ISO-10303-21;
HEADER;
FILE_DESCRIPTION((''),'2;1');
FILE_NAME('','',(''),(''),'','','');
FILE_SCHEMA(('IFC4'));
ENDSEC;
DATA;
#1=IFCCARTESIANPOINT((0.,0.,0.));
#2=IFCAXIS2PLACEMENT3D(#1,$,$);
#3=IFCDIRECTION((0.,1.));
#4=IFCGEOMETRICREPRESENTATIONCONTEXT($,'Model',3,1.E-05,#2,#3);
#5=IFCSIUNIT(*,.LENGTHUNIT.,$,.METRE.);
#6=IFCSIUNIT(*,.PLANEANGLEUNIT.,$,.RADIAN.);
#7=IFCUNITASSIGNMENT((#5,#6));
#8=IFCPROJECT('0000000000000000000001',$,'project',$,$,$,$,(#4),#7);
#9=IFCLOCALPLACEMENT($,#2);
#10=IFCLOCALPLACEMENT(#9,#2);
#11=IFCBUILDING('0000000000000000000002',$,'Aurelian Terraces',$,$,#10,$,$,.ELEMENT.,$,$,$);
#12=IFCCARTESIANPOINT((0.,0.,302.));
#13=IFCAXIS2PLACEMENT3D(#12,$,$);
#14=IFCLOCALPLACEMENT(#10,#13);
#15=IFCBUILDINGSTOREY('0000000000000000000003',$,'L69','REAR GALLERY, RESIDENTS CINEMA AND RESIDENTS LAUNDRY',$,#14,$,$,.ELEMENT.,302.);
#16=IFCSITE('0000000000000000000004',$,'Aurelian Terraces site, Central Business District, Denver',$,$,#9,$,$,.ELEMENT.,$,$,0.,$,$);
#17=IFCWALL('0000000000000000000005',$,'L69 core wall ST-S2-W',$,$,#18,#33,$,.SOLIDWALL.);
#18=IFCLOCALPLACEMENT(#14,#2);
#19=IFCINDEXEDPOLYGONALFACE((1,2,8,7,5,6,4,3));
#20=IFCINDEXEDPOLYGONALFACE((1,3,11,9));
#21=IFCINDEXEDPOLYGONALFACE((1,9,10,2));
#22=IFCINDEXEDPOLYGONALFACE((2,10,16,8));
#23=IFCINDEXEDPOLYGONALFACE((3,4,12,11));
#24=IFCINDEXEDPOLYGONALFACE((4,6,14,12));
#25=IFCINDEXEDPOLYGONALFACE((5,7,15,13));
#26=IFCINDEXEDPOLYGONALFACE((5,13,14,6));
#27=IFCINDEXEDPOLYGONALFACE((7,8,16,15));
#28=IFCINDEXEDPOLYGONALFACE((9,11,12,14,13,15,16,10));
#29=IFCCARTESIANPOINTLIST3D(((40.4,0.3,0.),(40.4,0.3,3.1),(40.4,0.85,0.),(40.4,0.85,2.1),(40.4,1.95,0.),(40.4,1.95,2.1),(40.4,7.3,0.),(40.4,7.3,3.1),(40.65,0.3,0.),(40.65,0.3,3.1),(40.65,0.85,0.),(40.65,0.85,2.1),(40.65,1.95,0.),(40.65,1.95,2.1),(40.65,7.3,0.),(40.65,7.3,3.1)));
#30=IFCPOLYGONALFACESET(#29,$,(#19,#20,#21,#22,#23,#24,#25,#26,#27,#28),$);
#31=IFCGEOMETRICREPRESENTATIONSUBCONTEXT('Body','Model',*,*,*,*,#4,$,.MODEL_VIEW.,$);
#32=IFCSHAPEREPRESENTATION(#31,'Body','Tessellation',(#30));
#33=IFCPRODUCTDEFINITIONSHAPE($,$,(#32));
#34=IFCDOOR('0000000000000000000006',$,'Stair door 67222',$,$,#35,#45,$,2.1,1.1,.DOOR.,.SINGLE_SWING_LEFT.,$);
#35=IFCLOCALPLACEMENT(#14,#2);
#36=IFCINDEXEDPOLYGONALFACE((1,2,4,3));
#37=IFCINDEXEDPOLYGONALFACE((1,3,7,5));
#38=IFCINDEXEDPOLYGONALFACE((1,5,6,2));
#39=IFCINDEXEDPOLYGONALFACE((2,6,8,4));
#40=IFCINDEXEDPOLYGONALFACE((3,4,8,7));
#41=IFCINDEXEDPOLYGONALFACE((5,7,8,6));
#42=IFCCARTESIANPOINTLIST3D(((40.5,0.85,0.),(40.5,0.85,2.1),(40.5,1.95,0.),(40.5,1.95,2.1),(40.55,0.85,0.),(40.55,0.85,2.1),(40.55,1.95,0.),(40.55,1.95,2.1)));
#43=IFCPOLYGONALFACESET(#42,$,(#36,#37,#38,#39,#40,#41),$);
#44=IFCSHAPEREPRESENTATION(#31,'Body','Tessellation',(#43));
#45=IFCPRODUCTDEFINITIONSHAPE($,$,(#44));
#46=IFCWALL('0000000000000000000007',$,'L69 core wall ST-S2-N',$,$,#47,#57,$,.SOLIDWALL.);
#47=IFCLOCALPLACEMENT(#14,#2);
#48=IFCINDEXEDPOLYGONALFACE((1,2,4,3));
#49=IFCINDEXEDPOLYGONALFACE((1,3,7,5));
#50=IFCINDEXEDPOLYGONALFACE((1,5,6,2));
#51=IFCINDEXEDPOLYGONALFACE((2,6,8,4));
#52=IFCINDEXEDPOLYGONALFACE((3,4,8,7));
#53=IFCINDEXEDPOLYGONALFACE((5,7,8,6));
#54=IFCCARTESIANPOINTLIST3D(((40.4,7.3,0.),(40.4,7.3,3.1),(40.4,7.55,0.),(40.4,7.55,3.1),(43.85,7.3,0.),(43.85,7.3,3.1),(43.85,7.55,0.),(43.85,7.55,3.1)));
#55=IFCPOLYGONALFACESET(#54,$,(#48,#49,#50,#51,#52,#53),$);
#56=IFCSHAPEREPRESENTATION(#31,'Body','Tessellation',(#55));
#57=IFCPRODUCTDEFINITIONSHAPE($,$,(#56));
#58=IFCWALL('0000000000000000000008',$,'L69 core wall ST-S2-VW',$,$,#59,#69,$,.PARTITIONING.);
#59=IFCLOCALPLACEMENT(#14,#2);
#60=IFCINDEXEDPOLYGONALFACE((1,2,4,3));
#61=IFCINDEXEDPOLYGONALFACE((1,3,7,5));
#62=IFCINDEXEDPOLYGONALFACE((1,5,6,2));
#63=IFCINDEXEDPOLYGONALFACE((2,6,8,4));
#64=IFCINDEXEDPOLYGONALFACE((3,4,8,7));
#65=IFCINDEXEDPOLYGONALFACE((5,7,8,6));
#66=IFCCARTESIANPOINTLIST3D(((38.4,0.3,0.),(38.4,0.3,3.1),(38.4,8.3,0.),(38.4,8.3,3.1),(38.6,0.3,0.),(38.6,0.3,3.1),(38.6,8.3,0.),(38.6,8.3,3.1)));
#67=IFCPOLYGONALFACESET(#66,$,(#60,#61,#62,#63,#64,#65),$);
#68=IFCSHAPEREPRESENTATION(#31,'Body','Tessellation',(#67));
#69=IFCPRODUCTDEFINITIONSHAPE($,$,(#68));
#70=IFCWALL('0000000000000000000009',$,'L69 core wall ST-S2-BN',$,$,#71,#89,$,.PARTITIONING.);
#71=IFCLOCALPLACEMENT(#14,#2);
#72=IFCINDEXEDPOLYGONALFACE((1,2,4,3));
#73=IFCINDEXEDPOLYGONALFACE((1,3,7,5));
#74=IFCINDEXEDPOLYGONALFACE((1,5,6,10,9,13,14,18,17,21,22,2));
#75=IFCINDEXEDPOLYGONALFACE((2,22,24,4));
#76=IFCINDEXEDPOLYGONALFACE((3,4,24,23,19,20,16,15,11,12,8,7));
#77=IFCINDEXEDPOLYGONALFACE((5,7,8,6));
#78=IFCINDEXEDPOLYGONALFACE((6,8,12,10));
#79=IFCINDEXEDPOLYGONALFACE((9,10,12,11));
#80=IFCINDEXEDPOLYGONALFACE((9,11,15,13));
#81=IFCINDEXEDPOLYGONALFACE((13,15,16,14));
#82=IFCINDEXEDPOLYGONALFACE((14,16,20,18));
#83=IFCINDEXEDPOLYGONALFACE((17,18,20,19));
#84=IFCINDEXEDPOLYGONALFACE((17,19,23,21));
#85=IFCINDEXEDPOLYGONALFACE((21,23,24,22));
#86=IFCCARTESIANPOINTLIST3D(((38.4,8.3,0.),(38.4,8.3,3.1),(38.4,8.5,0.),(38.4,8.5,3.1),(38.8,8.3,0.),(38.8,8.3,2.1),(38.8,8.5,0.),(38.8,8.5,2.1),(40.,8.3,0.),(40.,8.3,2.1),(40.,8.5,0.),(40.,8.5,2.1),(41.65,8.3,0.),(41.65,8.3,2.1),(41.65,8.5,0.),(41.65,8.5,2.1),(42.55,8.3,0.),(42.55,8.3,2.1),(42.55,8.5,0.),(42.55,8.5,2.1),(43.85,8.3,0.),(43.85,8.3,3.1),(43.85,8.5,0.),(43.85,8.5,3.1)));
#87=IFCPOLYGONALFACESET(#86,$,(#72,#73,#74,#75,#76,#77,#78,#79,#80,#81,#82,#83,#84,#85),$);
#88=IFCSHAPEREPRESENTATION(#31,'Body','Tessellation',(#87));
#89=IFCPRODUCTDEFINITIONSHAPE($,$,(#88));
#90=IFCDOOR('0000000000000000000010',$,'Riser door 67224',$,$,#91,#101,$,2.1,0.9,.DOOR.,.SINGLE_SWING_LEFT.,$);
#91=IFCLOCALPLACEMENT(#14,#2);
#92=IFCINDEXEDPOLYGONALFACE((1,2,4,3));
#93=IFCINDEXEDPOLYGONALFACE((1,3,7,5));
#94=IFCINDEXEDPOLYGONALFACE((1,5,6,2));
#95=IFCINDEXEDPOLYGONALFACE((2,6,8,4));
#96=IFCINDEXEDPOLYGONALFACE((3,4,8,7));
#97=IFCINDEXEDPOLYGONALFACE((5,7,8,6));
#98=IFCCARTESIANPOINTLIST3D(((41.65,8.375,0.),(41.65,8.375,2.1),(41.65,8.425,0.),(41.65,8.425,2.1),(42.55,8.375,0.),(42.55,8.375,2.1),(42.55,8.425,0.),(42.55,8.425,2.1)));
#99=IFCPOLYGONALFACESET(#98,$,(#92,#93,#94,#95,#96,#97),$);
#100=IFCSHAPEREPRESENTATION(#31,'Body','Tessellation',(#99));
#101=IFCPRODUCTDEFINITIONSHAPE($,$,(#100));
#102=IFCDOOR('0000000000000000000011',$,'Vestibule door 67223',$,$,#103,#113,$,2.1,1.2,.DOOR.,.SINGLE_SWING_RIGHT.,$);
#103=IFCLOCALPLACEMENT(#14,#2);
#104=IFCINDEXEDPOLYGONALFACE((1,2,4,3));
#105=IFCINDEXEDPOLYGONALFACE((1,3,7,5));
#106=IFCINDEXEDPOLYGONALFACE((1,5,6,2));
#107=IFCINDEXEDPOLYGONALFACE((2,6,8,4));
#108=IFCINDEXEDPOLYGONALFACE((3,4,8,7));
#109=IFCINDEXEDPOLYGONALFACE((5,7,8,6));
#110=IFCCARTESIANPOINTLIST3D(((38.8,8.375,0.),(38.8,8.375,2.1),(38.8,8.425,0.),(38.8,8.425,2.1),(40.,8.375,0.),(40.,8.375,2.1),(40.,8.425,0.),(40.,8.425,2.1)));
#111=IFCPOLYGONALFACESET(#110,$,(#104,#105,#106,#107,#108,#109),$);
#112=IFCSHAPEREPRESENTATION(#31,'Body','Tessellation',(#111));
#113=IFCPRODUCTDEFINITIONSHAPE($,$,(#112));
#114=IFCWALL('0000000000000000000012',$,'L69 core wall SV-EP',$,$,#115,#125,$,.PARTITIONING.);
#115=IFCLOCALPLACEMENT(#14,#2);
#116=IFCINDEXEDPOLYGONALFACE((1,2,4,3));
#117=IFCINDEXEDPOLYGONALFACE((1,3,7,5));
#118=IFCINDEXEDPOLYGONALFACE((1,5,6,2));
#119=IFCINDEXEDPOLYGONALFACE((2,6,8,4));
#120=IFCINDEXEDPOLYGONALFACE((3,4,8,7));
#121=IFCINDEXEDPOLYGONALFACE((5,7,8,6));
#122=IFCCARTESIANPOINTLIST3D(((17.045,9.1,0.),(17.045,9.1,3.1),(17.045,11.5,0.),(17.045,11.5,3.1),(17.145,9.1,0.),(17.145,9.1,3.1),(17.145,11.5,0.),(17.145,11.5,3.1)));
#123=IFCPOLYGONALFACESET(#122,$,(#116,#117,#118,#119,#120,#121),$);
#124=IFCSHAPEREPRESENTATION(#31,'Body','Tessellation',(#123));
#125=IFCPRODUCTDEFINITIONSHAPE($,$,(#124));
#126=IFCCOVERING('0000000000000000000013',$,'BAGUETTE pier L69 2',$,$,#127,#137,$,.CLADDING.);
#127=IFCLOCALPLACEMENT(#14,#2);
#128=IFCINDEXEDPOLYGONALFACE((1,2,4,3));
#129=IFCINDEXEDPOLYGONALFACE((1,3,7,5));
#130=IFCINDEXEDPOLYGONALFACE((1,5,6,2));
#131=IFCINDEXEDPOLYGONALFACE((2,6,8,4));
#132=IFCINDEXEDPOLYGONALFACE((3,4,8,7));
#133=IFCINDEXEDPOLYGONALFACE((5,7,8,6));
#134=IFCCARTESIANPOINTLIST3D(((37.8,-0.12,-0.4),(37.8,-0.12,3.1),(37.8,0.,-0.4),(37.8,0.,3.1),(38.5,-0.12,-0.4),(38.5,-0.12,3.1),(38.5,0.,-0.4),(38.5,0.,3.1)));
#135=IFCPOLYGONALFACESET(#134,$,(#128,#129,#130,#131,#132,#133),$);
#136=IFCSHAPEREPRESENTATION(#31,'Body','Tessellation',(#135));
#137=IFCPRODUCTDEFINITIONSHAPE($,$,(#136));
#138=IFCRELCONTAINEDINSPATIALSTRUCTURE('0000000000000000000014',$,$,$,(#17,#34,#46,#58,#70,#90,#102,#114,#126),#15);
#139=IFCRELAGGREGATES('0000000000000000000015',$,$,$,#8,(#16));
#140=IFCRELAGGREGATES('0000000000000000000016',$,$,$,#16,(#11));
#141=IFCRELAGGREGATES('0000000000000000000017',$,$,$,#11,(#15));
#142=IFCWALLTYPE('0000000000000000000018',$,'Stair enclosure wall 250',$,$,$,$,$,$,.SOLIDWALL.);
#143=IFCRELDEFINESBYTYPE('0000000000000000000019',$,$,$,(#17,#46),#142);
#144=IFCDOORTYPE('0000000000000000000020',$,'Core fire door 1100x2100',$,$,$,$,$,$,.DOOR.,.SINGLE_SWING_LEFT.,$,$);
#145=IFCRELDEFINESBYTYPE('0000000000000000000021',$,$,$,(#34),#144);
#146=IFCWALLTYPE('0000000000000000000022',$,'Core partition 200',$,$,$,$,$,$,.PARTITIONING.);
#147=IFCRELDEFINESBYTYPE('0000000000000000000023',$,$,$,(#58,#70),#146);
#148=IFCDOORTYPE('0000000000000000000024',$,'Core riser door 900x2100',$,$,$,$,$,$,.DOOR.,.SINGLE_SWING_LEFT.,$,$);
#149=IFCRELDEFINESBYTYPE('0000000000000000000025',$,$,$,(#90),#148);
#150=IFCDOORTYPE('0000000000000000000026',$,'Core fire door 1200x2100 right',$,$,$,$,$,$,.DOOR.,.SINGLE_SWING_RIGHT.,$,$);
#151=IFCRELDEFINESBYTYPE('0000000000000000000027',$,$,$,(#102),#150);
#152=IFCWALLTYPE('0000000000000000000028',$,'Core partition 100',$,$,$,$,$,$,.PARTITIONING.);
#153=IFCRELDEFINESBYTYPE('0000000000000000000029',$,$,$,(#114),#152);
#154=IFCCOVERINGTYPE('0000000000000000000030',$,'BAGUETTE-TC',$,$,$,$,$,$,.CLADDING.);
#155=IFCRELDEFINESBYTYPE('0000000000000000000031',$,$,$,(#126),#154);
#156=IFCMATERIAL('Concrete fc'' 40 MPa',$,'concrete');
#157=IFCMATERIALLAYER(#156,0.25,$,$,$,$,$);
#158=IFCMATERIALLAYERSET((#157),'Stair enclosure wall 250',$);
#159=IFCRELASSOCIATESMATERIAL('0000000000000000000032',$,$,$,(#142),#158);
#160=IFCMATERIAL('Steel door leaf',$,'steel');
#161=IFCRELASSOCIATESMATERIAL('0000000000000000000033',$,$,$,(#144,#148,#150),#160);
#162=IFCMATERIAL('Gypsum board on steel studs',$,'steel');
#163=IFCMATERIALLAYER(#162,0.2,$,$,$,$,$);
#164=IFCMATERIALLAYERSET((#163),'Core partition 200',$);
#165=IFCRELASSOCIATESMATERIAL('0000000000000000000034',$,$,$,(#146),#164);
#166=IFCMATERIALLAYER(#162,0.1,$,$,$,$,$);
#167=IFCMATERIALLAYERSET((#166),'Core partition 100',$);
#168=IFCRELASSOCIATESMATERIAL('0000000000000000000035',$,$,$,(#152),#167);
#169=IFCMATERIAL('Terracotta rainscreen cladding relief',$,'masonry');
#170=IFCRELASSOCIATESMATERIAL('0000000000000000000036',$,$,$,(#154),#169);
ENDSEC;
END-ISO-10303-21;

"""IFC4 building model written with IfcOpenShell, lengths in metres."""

from ifc_helpers import new_model, si_unit, direction, frame, frame_2d, origin, origin_2d, place, context, subcontext, project, spatial, rectangle, extrude, source, transform, mapped, material, layer, layer_set, type_object, element, fill, save


model = new_model("IFC4")

# Units and contexts
model_context = context("Model", 3, precision=1e-05, world=origin(), true_north=direction((0.0, 1.0)))
body_context = subcontext(model_context, "Body", "Model", "MODEL_VIEW")
ifc_project = project(units=[si_unit("LENGTHUNIT", "METRE"), si_unit("PLANEANGLEUNIT", "RADIAN")], contexts=[model_context])

# Site, building, storey
site_placement = place(None, origin())
site = spatial("IfcSite", under=ifc_project, at=site_placement, Name="Aurelian Terraces site, Central Business District, Denver", CompositionType="ELEMENT", RefElevation=0.0)
building_placement = place(site_placement, origin())
building = spatial("IfcBuilding", under=site, at=building_placement, Name="Aurelian Terraces", CompositionType="ELEMENT")
storey_placement = place(building_placement, frame((0.0, 0.0, 302.0)))
storey = spatial("IfcBuildingStorey", under=building, at=storey_placement, Name="L69", Description="REAR GALLERY, RESIDENTS CINEMA AND RESIDENTS LAUNDRY", CompositionType="ELEMENT", Elevation=302.0)

# Shared definitions
ifc_material_1 = material(Name="Concrete fc' 40 MPa", Category="concrete")

# Wall, opening, door
ifc_layer_1 = layer(ifc_material_1, 0.25)
ifc_layer_set_1 = layer_set([ifc_layer_1], Name="Stair enclosure wall 250")
wall_type_1 = type_object("IfcWallType", Name="Stair enclosure wall 250", PredefinedType="SOLIDWALL", material=ifc_layer_set_1)
shared_shape_1 = source(origin(), body_context, "Body", "SweptSolid", [
    extrude(rectangle(XDim=7.0, YDim=0.25, at=frame_2d((3.5, 0.0))), origin(), (0.0, 0.0, 1.0), 3.1),
])
wall_1_placement = place(storey_placement, frame((40.525, 0.3, 0.0), z_axis=(0.0, 0.0, 1.0), x_axis=(0.0, 1.0, 0.0)))
wall_1 = element("IfcWall", 1, at=wall_1_placement, inside=storey, type_object=wall_type_1, Name="L69 core wall ST-S2-W", PredefinedType="SOLIDWALL", context=body_context, shape_type="MappedRepresentation", body=[
    mapped(shared_shape_1, transform((0.0, 0.0, 0.0), scale=1.0)),
])
shared_shape_2 = source(origin(), body_context, "Body", "SweptSolid", [
    extrude(rectangle(XDim=1.1, YDim=2.1, at=frame_2d((0.55, 1.05))), frame((0.0, 0.135, 0.0), z_axis=(0.0, -1.0, 0.0), x_axis=(1.0, 0.0, 0.0)), (0.0, 0.0, 1.0), 0.27),
])
opening_1_placement = place(wall_1_placement, frame((0.55, 0.0, 0.0)))
opening_1 = element("IfcOpeningElement", 2, at=opening_1_placement, cuts=wall_1, PredefinedType="OPENING", context=body_context, shape_type="MappedRepresentation", body=[
    mapped(shared_shape_2, transform((0.0, 0.0, 0.0), scale=1.0)),
])
ifc_material_2 = material(Name="Steel door leaf", Category="steel")
door_type_1 = type_object("IfcDoorType", Name="Core fire door 1100x2100", OperationType="SINGLE_SWING_LEFT", PredefinedType="DOOR", material=ifc_material_2)
shared_shape_3 = source(origin(), body_context, "Body", "SweptSolid", [
    extrude(rectangle(XDim=1.1, YDim=2.1, at=frame_2d((0.55, 1.05))), frame((0.0, 0.025, 0.0), z_axis=(0.0, -1.0, 0.0), x_axis=(1.0, 0.0, 0.0)), (0.0, 0.0, 1.0), 0.05),
])
door_1_placement = place(opening_1_placement, origin())
door_1 = element("IfcDoor", 3, at=door_1_placement, inside=storey, type_object=door_type_1, Name="Stair door 67222", OperationType="SINGLE_SWING_LEFT", OverallHeight=2.1, OverallWidth=1.1, PredefinedType="DOOR", context=body_context, shape_type="MappedRepresentation", body=[
    mapped(shared_shape_3, transform((0.0, 0.0, 0.0), scale=1.0)),
])
fill(opening_1, door_1)

# Walls
shared_shape_4 = source(origin(), body_context, "Body", "SweptSolid", [
    extrude(rectangle(XDim=3.45, YDim=0.25, at=frame_2d((1.725, 0.0))), origin(), (0.0, 0.0, 1.0), 3.1),
])
wall_2_placement = place(storey_placement, frame((40.4, 7.425, 0.0), z_axis=(0.0, 0.0, 1.0), x_axis=(1.0, 0.0, 0.0)))
element("IfcWall", 4, at=wall_2_placement, inside=storey, type_object=wall_type_1, Name="L69 core wall ST-S2-N", PredefinedType="SOLIDWALL", context=body_context, shape_type="MappedRepresentation", body=[
    mapped(shared_shape_4, transform((0.0, 0.0, 0.0), scale=1.0)),
])
ifc_material_3 = material(Name="Gypsum board on steel studs", Category="steel")
ifc_layer_2 = layer(ifc_material_3, 0.2)
ifc_layer_set_2 = layer_set([ifc_layer_2], Name="Core partition 200")
wall_type_2 = type_object("IfcWallType", Name="Core partition 200", PredefinedType="PARTITIONING", material=ifc_layer_set_2)
shared_shape_5 = source(origin(), body_context, "Body", "SweptSolid", [
    extrude(rectangle(XDim=8.0, YDim=0.2, at=frame_2d((4.0, 0.0))), origin(), (0.0, 0.0, 1.0), 3.1),
])
wall_3_placement = place(storey_placement, frame((38.5, 0.3, 0.0), z_axis=(0.0, 0.0, 1.0), x_axis=(0.0, 1.0, 0.0)))
element("IfcWall", 5, at=wall_3_placement, inside=storey, type_object=wall_type_2, Name="L69 core wall ST-S2-VW", PredefinedType="PARTITIONING", context=body_context, shape_type="MappedRepresentation", body=[
    mapped(shared_shape_5, transform((0.0, 0.0, 0.0), scale=1.0)),
])

# Wall, openings, doors
shared_shape_6 = source(origin(), body_context, "Body", "SweptSolid", [
    extrude(rectangle(XDim=5.45, YDim=0.2, at=frame_2d((2.725, 0.0))), origin(), (0.0, 0.0, 1.0), 3.1),
])
wall_4_placement = place(storey_placement, frame((38.4, 8.4, 0.0), z_axis=(0.0, 0.0, 1.0), x_axis=(1.0, 0.0, 0.0)))
wall_4 = element("IfcWall", 6, at=wall_4_placement, inside=storey, type_object=wall_type_2, Name="L69 core wall ST-S2-BN", PredefinedType="PARTITIONING", context=body_context, shape_type="MappedRepresentation", body=[
    mapped(shared_shape_6, transform((0.0, 0.0, 0.0), scale=1.0)),
])
shared_shape_7 = source(origin(), body_context, "Body", "SweptSolid", [
    extrude(rectangle(XDim=1.2, YDim=2.1, at=frame_2d((0.6, 1.05))), frame((0.0, 0.11, 0.0), z_axis=(0.0, -1.0, 0.0), x_axis=(1.0, 0.0, 0.0)), (0.0, 0.0, 1.0), 0.22),
])
opening_2_placement = place(wall_4_placement, frame((0.4, 0.0, 0.0)))
opening_2 = element("IfcOpeningElement", 7, at=opening_2_placement, cuts=wall_4, PredefinedType="OPENING", context=body_context, shape_type="MappedRepresentation", body=[
    mapped(shared_shape_7, transform((0.0, 0.0, 0.0), scale=1.0)),
])
shared_shape_8 = source(origin(), body_context, "Body", "SweptSolid", [
    extrude(rectangle(XDim=0.9, YDim=2.1, at=frame_2d((0.45, 1.05))), frame((0.0, 0.11, 0.0), z_axis=(0.0, -1.0, 0.0), x_axis=(1.0, 0.0, 0.0)), (0.0, 0.0, 1.0), 0.22),
])
opening_3_placement = place(wall_4_placement, frame((3.25, 0.0, 0.0)))
opening_3 = element("IfcOpeningElement", 8, at=opening_3_placement, cuts=wall_4, PredefinedType="OPENING", context=body_context, shape_type="MappedRepresentation", body=[
    mapped(shared_shape_8, transform((0.0, 0.0, 0.0), scale=1.0)),
])
door_type_2 = type_object("IfcDoorType", Name="Core riser door 900x2100", OperationType="SINGLE_SWING_LEFT", PredefinedType="DOOR", material=ifc_material_2)
shared_shape_9 = source(origin(), body_context, "Body", "SweptSolid", [
    extrude(rectangle(XDim=0.9, YDim=2.1, at=frame_2d((0.45, 1.05))), frame((0.0, 0.025, 0.0), z_axis=(0.0, -1.0, 0.0), x_axis=(1.0, 0.0, 0.0)), (0.0, 0.0, 1.0), 0.05),
])
door_2_placement = place(opening_3_placement, origin())
door_2 = element("IfcDoor", 9, at=door_2_placement, inside=storey, type_object=door_type_2, Name="Riser door 67224", OperationType="SINGLE_SWING_LEFT", OverallHeight=2.1, OverallWidth=0.9, PredefinedType="DOOR", context=body_context, shape_type="MappedRepresentation", body=[
    mapped(shared_shape_9, transform((0.0, 0.0, 0.0), scale=1.0)),
])
fill(opening_3, door_2)
door_type_3 = type_object("IfcDoorType", Name="Core fire door 1200x2100 right", OperationType="SINGLE_SWING_RIGHT", PredefinedType="DOOR", material=ifc_material_2)
shared_shape_10 = source(origin(), body_context, "Body", "SweptSolid", [
    extrude(rectangle(XDim=1.2, YDim=2.1, at=frame_2d((0.6, 1.05))), frame((0.0, 0.025, 0.0), z_axis=(0.0, -1.0, 0.0), x_axis=(1.0, 0.0, 0.0)), (0.0, 0.0, 1.0), 0.05),
])
door_3_placement = place(opening_2_placement, origin())
door_3 = element("IfcDoor", 10, at=door_3_placement, inside=storey, type_object=door_type_3, Name="Vestibule door 67223", OperationType="SINGLE_SWING_RIGHT", OverallHeight=2.1, OverallWidth=1.2, PredefinedType="DOOR", context=body_context, shape_type="MappedRepresentation", body=[
    mapped(shared_shape_10, transform((0.0, 0.0, 0.0), scale=1.0)),
])
fill(opening_2, door_3)

# Wall
ifc_layer_3 = layer(ifc_material_3, 0.1)
ifc_layer_set_3 = layer_set([ifc_layer_3], Name="Core partition 100")
wall_type_3 = type_object("IfcWallType", Name="Core partition 100", PredefinedType="PARTITIONING", material=ifc_layer_set_3)
shared_shape_11 = source(origin(), body_context, "Body", "SweptSolid", [
    extrude(rectangle(XDim=2.4, YDim=0.1, at=frame_2d((1.2, 0.0))), origin(), (0.0, 0.0, 1.0), 3.1),
])
wall_5_placement = place(storey_placement, frame((17.095, 9.1, 0.0), z_axis=(0.0, 0.0, 1.0), x_axis=(0.0, 1.0, 0.0)))
element("IfcWall", 11, at=wall_5_placement, inside=storey, type_object=wall_type_3, Name="L69 core wall SV-EP", PredefinedType="PARTITIONING", context=body_context, shape_type="MappedRepresentation", body=[
    mapped(shared_shape_11, transform((0.0, 0.0, 0.0), scale=1.0)),
])

# Covering
ifc_material_4 = material(Name="Terracotta rainscreen cladding relief", Category="masonry")
covering_type = type_object("IfcCoveringType", Name="BAGUETTE-TC", PredefinedType="CLADDING", material=ifc_material_4)
shared_shape_12 = source(origin(), body_context, "Body", "SweptSolid", [
    extrude(rectangle(XDim=0.7, YDim=0.12, at=origin_2d()), origin(), (0.0, 0.0, 1.0), 3.5),
])
covering_placement = place(storey_placement, frame((38.15, -0.06, -0.4), z_axis=(0.0, 0.0, 1.0), x_axis=(1.0, 0.0, 0.0)))
element("IfcCovering", 12, at=covering_placement, inside=storey, type_object=covering_type, Name="BAGUETTE pier L69 2", PredefinedType="CLADDING", context=body_context, shape_type="MappedRepresentation", body=[
    mapped(shared_shape_12, transform((0.0, 0.0, 0.0), scale=1.0)),
])

save(model, "model.ifc")
